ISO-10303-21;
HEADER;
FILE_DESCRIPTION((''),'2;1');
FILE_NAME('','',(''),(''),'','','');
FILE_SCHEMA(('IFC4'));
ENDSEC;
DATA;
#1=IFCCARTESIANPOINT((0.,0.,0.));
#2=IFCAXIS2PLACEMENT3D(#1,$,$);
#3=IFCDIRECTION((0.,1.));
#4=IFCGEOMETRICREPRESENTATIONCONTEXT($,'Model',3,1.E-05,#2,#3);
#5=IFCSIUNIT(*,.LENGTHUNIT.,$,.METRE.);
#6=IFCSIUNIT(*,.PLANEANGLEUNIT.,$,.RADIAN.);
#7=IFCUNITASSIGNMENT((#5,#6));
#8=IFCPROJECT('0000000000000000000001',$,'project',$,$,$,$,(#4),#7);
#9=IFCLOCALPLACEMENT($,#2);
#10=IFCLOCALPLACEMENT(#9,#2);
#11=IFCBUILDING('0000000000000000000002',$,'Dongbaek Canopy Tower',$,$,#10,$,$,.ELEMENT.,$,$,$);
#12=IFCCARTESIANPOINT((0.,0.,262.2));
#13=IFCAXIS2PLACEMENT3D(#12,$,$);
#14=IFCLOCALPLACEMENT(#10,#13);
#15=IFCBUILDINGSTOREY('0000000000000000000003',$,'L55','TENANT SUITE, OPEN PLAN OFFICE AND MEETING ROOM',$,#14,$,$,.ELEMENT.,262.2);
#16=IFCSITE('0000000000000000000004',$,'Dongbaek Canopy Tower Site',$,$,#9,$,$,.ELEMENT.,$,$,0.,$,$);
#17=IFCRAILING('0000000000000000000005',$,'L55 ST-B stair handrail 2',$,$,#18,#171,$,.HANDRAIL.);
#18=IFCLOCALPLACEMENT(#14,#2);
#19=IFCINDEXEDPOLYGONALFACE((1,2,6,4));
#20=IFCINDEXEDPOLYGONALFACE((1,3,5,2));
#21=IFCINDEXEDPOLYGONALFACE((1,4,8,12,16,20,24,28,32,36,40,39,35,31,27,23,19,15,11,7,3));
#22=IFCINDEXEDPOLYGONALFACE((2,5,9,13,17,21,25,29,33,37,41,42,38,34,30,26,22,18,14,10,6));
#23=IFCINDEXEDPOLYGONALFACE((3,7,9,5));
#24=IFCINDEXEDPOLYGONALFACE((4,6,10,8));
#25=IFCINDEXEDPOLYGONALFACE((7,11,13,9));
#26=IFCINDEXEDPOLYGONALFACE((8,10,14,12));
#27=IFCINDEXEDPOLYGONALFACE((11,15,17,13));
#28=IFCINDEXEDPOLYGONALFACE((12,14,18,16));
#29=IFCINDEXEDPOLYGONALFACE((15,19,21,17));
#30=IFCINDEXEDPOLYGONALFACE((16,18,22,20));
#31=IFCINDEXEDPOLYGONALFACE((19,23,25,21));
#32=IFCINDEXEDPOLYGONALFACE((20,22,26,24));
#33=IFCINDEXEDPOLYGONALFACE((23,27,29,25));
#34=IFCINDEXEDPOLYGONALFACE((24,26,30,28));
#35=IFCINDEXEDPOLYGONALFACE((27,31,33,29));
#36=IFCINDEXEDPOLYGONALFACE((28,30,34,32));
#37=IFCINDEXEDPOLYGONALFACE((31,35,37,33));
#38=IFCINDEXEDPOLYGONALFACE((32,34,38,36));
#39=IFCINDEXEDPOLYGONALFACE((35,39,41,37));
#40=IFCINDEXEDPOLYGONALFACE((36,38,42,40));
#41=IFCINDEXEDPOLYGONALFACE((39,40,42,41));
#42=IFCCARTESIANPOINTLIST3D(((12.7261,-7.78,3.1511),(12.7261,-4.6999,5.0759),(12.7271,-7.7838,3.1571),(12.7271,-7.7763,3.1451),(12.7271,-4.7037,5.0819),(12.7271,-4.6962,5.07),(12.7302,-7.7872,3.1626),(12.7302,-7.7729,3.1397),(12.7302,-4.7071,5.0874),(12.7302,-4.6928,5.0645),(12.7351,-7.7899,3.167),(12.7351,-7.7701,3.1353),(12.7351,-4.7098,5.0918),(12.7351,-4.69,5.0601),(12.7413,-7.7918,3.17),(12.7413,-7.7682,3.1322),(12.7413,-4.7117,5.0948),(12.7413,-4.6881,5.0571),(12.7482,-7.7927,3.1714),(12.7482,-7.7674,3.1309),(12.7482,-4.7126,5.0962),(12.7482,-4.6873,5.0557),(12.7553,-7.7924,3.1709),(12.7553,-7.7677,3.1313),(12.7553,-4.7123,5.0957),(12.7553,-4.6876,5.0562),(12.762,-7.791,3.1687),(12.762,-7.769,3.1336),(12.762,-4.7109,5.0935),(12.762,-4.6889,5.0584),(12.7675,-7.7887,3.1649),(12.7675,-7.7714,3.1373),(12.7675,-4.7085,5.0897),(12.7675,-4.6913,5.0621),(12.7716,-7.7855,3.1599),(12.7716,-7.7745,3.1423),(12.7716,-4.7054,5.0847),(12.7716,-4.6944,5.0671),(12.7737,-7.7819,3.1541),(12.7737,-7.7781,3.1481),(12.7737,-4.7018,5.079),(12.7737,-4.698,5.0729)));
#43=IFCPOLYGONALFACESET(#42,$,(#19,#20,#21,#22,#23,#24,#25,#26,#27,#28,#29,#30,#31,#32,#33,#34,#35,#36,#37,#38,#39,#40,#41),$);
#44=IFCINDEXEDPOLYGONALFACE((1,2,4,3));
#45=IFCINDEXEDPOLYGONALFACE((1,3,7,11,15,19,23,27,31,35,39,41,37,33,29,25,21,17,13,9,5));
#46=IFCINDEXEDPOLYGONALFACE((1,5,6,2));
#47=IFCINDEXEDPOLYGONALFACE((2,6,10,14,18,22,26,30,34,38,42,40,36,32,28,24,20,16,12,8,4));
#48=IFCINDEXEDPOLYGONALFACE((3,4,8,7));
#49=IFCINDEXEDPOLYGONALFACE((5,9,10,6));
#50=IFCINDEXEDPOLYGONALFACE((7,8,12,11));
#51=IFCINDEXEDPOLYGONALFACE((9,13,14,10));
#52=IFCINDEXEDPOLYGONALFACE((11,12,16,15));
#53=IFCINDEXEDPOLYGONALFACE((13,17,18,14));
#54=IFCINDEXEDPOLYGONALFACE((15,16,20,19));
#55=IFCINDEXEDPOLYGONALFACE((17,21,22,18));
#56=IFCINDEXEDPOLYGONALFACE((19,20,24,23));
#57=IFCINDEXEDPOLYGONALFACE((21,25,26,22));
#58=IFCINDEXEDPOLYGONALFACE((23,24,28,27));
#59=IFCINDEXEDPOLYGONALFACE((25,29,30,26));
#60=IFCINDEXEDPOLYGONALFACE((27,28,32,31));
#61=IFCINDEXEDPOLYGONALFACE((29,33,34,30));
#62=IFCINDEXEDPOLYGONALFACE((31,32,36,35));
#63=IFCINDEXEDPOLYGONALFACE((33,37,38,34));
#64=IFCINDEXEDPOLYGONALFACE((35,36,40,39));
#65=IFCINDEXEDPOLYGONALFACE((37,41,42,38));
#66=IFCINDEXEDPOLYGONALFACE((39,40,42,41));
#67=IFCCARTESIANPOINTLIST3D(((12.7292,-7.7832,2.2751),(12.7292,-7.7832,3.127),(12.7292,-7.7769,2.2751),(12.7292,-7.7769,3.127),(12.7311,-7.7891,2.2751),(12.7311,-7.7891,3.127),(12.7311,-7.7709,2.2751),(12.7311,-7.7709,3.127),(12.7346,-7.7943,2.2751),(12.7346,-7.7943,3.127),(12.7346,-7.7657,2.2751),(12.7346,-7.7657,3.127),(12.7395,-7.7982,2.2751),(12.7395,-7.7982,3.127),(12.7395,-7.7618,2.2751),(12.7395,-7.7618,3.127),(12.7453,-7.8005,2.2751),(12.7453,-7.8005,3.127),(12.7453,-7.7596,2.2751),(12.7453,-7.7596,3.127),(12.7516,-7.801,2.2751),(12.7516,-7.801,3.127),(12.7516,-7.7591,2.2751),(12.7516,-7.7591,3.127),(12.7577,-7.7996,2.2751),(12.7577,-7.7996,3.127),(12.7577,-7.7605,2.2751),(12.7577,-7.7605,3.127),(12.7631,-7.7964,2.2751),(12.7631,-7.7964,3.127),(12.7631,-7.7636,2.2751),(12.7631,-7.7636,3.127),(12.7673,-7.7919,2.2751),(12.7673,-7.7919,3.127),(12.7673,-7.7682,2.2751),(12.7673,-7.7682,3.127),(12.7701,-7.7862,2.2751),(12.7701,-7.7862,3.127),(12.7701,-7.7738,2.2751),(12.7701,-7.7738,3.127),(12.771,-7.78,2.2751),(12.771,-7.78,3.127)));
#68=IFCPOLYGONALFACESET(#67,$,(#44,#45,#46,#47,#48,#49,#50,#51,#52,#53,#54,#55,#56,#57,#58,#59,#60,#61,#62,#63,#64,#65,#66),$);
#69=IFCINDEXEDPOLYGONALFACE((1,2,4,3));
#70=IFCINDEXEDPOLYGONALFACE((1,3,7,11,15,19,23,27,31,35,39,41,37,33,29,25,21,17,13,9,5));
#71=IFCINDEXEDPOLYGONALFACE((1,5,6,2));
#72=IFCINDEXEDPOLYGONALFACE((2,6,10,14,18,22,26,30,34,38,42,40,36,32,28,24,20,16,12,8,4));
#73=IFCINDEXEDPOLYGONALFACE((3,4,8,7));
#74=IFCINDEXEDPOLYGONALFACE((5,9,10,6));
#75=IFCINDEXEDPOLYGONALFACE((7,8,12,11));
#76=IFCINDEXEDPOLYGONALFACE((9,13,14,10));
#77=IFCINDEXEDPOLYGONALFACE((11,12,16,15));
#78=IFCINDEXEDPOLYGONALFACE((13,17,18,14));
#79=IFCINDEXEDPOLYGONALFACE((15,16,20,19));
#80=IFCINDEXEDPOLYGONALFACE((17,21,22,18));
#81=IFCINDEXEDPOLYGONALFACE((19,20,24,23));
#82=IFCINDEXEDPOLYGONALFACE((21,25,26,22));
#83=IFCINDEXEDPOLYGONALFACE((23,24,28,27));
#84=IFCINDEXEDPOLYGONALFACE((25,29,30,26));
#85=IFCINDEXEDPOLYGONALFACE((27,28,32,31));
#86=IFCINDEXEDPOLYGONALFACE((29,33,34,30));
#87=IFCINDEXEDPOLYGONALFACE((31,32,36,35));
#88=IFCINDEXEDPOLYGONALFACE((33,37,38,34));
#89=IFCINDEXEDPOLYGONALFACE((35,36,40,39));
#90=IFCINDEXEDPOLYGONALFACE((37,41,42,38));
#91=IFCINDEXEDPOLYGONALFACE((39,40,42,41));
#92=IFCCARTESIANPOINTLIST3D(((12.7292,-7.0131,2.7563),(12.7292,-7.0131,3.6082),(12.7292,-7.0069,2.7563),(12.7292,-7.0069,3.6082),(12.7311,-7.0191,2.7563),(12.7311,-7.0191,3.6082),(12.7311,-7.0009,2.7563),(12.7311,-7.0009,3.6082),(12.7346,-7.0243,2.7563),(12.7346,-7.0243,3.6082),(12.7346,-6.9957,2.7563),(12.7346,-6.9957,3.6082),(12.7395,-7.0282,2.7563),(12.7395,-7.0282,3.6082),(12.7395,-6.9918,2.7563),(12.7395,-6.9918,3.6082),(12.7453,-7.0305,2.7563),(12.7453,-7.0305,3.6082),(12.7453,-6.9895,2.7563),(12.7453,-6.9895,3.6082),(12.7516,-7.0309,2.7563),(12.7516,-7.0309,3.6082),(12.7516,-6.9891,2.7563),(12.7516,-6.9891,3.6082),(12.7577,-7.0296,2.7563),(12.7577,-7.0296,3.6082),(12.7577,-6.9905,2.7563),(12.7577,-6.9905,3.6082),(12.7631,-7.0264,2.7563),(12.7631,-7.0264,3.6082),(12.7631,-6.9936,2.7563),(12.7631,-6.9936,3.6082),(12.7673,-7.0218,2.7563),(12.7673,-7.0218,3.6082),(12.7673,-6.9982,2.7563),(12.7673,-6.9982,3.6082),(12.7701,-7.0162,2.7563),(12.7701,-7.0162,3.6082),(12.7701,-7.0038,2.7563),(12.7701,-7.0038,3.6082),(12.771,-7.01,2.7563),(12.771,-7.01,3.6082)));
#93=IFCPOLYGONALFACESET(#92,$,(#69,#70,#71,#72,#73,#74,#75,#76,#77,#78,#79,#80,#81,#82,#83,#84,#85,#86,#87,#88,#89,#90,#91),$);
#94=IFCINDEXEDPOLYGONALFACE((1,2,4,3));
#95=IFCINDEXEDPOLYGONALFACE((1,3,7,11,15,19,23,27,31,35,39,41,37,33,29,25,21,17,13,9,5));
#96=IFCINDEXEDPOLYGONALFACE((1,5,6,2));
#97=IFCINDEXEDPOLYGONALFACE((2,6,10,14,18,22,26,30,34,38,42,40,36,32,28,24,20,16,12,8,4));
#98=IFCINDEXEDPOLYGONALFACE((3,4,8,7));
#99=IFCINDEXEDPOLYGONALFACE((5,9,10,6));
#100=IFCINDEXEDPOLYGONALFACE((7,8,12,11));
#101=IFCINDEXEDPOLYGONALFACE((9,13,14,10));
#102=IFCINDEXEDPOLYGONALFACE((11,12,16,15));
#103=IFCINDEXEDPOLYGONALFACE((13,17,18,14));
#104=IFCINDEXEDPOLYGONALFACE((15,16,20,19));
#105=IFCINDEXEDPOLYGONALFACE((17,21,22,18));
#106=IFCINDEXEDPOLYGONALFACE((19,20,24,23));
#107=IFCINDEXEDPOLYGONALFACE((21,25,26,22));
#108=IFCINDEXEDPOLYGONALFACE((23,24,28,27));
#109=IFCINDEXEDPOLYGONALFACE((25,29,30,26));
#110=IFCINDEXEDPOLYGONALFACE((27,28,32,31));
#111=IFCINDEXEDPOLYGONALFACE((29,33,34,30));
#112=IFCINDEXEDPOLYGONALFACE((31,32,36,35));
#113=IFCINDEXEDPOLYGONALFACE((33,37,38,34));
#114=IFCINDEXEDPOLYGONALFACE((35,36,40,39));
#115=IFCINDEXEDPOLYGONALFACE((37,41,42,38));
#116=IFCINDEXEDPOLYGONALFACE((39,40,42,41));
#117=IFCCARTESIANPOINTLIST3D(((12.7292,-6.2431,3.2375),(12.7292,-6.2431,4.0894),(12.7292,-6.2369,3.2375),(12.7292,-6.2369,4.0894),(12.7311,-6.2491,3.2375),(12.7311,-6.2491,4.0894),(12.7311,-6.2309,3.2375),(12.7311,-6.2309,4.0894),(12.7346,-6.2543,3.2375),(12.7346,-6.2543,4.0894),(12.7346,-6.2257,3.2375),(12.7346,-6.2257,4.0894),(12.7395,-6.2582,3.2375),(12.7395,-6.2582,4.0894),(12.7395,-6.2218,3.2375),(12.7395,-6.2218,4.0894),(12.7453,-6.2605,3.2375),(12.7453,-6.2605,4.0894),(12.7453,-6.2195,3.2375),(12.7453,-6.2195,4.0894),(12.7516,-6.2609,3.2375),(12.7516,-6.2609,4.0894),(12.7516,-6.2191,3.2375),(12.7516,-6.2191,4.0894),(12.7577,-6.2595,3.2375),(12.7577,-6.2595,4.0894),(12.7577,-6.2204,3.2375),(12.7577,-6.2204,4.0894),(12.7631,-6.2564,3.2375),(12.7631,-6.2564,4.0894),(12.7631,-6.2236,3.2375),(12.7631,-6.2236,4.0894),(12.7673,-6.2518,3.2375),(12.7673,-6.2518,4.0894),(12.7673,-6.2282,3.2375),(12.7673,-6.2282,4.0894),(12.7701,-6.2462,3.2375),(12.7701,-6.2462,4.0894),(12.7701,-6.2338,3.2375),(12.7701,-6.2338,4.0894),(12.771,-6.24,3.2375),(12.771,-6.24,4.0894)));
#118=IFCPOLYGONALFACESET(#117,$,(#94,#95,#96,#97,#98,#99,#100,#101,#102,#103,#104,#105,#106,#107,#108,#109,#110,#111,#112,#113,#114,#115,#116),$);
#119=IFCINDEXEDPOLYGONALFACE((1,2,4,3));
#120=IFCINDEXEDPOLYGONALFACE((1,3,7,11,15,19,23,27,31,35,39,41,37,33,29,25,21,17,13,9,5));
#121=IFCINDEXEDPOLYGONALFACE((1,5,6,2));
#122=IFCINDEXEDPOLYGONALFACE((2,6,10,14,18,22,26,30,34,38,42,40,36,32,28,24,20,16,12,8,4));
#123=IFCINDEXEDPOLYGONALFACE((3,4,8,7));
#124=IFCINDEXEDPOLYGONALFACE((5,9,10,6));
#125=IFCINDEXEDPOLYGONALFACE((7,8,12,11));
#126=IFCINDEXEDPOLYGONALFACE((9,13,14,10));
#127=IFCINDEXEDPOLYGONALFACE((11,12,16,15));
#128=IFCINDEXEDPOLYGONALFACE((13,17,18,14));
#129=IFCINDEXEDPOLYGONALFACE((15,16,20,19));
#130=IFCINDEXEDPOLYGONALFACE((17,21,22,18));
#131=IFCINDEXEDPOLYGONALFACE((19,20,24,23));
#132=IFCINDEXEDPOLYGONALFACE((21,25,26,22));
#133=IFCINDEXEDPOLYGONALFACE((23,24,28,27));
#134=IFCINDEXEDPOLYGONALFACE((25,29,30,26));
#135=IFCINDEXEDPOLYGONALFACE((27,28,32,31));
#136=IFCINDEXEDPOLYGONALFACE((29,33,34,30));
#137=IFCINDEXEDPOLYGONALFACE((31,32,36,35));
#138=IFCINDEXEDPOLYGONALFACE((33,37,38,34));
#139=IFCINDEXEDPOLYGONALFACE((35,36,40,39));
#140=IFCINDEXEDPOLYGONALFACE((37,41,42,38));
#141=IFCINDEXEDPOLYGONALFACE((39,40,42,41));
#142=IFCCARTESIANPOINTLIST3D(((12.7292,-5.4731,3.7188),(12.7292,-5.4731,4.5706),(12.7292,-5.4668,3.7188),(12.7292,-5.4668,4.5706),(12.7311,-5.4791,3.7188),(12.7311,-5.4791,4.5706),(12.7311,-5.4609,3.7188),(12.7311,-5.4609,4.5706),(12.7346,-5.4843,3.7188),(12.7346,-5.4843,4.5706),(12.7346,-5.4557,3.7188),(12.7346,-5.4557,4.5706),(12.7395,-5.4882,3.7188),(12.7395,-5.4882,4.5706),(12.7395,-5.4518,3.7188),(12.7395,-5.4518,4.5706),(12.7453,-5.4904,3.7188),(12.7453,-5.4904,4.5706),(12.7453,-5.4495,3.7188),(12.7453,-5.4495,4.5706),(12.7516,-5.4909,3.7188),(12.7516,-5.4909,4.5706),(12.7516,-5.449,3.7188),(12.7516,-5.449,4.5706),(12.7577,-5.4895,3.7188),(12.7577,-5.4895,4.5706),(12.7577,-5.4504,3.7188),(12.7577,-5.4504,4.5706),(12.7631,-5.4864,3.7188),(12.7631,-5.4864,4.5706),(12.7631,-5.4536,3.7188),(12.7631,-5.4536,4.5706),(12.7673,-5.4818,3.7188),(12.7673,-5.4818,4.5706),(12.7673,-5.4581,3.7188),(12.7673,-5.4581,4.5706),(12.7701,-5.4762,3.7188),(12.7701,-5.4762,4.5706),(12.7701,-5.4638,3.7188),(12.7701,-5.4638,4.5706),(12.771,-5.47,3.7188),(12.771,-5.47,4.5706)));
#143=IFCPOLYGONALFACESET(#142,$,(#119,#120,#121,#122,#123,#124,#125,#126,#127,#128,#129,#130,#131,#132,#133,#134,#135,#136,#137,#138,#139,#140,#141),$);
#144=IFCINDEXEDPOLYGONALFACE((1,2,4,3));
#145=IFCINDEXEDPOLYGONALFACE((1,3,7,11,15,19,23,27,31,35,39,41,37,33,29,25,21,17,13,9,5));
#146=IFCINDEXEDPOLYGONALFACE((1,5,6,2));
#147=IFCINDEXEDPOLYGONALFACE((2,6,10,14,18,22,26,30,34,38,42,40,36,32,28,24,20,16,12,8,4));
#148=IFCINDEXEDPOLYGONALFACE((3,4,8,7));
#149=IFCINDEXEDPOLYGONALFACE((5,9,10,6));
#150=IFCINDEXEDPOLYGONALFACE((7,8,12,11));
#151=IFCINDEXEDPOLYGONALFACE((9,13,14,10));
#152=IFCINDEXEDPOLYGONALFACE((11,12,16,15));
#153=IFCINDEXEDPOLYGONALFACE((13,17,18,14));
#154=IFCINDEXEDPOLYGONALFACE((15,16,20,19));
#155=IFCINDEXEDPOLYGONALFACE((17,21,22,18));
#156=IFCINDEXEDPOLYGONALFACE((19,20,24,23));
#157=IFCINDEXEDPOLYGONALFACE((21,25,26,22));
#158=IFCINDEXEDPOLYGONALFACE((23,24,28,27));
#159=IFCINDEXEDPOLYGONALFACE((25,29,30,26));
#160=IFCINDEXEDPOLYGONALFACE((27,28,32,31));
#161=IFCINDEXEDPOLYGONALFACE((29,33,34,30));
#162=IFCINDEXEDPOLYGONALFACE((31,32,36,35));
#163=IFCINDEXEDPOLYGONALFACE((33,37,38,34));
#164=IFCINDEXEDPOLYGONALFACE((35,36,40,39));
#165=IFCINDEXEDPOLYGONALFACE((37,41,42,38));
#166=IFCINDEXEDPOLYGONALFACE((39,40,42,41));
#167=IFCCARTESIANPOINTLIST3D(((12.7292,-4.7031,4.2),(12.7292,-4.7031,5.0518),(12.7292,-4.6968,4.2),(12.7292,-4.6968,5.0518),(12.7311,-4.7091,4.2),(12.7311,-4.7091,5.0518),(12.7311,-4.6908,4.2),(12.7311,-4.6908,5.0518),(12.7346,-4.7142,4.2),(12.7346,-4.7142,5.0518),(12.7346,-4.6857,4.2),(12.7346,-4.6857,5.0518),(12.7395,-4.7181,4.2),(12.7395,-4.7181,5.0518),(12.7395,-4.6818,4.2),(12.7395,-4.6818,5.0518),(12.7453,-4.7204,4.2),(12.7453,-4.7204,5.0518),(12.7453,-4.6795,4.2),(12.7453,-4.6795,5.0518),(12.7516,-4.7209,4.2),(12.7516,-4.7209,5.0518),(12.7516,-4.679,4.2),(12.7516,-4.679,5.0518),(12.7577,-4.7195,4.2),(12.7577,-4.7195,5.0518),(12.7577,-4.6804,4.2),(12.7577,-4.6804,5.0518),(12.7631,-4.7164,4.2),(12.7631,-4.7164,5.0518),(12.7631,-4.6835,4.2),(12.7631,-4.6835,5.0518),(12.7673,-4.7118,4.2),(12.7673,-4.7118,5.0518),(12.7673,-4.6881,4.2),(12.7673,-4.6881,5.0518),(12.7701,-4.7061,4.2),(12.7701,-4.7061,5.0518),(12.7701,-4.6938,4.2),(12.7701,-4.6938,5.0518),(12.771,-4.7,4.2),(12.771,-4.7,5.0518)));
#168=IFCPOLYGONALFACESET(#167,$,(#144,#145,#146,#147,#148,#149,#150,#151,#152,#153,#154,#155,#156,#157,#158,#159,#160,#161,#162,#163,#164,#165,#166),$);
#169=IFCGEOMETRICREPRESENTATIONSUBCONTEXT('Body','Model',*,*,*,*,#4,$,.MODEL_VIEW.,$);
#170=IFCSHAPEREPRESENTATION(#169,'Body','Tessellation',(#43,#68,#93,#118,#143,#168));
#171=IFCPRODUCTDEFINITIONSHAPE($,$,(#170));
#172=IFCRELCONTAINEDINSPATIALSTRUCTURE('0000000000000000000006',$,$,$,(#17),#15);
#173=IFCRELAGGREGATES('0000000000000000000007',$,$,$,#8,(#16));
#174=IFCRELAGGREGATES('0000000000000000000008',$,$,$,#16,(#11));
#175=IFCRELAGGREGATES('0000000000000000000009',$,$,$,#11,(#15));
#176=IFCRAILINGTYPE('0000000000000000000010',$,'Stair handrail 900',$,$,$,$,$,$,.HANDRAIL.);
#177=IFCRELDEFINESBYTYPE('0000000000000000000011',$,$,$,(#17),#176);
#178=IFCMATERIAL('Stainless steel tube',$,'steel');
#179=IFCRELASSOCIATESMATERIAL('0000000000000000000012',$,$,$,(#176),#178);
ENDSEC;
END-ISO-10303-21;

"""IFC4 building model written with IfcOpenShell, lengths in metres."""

from ifc_helpers import new_model, si_unit, direction, frame, origin, origin_2d, place, context, subcontext, project, spatial, circle, extrude, material, type_object, element, save


model = new_model("IFC4")

# Units and contexts
model_context = context("Model", 3, precision=1e-05, world=origin(), true_north=direction((0.0, 1.0)))
body_context = subcontext(model_context, "Body", "Model", "MODEL_VIEW")
ifc_project = project(units=[si_unit("LENGTHUNIT", "METRE"), si_unit("PLANEANGLEUNIT", "RADIAN")], contexts=[model_context])

# Site, building, storey
site_placement = place(None, origin())
site = spatial("IfcSite", under=ifc_project, at=site_placement, Name="Dongbaek Canopy Tower Site", CompositionType="ELEMENT", RefElevation=0.0)
building_placement = place(site_placement, origin())
building = spatial("IfcBuilding", under=site, at=building_placement, Name="Dongbaek Canopy Tower", CompositionType="ELEMENT")
storey_placement = place(building_placement, frame((0.0, 0.0, 262.2)))
storey = spatial("IfcBuildingStorey", under=building, at=storey_placement, Name="L55", Description="TENANT SUITE, OPEN PLAN OFFICE AND MEETING ROOM", CompositionType="ELEMENT", Elevation=262.2)

# Railing
ifc_material_1 = material(Name="Stainless steel tube", Category="steel")
railing_type_1 = type_object("IfcRailingType", Name="Stair handrail 900", PredefinedType="HANDRAIL", material=ifc_material_1)
railing_1_placement = place(storey_placement, frame((12.75, -7.78, 2.2751)))
element("IfcRailing", 1, at=railing_1_placement, inside=storey, type_object=railing_type_1, Name="L55 ST-B stair handrail 2", PredefinedType="HANDRAIL", context=body_context, shape_type="SweptSolid", body=[
    extrude(circle(Radius=0.0239, at=origin_2d()), frame((0.0, 0.0, 0.876), z_axis=(0.0, 0.848029, 0.529951), x_axis=(-1.0, 0.0, 0.0)), (0.0, 0.0, 1.0), 3.6321),
    extrude(circle(Radius=0.021, at=origin_2d()), origin(), (0.0, 0.0, 1.0), 0.8518),
    extrude(circle(Radius=0.021, at=origin_2d()), frame((0.0, 0.77, 0.4812)), (0.0, 0.0, 1.0), 0.8518),
    extrude(circle(Radius=0.021, at=origin_2d()), frame((0.0, 1.54, 0.9624)), (0.0, 0.0, 1.0), 0.8518),
    extrude(circle(Radius=0.021, at=origin_2d()), frame((0.0, 2.3101, 1.4436)), (0.0, 0.0, 1.0), 0.8518),
    extrude(circle(Radius=0.021, at=origin_2d()), frame((0.0, 3.0801, 1.9248)), (0.0, 0.0, 1.0), 0.8518),
])

save(model, "model.ifc")
